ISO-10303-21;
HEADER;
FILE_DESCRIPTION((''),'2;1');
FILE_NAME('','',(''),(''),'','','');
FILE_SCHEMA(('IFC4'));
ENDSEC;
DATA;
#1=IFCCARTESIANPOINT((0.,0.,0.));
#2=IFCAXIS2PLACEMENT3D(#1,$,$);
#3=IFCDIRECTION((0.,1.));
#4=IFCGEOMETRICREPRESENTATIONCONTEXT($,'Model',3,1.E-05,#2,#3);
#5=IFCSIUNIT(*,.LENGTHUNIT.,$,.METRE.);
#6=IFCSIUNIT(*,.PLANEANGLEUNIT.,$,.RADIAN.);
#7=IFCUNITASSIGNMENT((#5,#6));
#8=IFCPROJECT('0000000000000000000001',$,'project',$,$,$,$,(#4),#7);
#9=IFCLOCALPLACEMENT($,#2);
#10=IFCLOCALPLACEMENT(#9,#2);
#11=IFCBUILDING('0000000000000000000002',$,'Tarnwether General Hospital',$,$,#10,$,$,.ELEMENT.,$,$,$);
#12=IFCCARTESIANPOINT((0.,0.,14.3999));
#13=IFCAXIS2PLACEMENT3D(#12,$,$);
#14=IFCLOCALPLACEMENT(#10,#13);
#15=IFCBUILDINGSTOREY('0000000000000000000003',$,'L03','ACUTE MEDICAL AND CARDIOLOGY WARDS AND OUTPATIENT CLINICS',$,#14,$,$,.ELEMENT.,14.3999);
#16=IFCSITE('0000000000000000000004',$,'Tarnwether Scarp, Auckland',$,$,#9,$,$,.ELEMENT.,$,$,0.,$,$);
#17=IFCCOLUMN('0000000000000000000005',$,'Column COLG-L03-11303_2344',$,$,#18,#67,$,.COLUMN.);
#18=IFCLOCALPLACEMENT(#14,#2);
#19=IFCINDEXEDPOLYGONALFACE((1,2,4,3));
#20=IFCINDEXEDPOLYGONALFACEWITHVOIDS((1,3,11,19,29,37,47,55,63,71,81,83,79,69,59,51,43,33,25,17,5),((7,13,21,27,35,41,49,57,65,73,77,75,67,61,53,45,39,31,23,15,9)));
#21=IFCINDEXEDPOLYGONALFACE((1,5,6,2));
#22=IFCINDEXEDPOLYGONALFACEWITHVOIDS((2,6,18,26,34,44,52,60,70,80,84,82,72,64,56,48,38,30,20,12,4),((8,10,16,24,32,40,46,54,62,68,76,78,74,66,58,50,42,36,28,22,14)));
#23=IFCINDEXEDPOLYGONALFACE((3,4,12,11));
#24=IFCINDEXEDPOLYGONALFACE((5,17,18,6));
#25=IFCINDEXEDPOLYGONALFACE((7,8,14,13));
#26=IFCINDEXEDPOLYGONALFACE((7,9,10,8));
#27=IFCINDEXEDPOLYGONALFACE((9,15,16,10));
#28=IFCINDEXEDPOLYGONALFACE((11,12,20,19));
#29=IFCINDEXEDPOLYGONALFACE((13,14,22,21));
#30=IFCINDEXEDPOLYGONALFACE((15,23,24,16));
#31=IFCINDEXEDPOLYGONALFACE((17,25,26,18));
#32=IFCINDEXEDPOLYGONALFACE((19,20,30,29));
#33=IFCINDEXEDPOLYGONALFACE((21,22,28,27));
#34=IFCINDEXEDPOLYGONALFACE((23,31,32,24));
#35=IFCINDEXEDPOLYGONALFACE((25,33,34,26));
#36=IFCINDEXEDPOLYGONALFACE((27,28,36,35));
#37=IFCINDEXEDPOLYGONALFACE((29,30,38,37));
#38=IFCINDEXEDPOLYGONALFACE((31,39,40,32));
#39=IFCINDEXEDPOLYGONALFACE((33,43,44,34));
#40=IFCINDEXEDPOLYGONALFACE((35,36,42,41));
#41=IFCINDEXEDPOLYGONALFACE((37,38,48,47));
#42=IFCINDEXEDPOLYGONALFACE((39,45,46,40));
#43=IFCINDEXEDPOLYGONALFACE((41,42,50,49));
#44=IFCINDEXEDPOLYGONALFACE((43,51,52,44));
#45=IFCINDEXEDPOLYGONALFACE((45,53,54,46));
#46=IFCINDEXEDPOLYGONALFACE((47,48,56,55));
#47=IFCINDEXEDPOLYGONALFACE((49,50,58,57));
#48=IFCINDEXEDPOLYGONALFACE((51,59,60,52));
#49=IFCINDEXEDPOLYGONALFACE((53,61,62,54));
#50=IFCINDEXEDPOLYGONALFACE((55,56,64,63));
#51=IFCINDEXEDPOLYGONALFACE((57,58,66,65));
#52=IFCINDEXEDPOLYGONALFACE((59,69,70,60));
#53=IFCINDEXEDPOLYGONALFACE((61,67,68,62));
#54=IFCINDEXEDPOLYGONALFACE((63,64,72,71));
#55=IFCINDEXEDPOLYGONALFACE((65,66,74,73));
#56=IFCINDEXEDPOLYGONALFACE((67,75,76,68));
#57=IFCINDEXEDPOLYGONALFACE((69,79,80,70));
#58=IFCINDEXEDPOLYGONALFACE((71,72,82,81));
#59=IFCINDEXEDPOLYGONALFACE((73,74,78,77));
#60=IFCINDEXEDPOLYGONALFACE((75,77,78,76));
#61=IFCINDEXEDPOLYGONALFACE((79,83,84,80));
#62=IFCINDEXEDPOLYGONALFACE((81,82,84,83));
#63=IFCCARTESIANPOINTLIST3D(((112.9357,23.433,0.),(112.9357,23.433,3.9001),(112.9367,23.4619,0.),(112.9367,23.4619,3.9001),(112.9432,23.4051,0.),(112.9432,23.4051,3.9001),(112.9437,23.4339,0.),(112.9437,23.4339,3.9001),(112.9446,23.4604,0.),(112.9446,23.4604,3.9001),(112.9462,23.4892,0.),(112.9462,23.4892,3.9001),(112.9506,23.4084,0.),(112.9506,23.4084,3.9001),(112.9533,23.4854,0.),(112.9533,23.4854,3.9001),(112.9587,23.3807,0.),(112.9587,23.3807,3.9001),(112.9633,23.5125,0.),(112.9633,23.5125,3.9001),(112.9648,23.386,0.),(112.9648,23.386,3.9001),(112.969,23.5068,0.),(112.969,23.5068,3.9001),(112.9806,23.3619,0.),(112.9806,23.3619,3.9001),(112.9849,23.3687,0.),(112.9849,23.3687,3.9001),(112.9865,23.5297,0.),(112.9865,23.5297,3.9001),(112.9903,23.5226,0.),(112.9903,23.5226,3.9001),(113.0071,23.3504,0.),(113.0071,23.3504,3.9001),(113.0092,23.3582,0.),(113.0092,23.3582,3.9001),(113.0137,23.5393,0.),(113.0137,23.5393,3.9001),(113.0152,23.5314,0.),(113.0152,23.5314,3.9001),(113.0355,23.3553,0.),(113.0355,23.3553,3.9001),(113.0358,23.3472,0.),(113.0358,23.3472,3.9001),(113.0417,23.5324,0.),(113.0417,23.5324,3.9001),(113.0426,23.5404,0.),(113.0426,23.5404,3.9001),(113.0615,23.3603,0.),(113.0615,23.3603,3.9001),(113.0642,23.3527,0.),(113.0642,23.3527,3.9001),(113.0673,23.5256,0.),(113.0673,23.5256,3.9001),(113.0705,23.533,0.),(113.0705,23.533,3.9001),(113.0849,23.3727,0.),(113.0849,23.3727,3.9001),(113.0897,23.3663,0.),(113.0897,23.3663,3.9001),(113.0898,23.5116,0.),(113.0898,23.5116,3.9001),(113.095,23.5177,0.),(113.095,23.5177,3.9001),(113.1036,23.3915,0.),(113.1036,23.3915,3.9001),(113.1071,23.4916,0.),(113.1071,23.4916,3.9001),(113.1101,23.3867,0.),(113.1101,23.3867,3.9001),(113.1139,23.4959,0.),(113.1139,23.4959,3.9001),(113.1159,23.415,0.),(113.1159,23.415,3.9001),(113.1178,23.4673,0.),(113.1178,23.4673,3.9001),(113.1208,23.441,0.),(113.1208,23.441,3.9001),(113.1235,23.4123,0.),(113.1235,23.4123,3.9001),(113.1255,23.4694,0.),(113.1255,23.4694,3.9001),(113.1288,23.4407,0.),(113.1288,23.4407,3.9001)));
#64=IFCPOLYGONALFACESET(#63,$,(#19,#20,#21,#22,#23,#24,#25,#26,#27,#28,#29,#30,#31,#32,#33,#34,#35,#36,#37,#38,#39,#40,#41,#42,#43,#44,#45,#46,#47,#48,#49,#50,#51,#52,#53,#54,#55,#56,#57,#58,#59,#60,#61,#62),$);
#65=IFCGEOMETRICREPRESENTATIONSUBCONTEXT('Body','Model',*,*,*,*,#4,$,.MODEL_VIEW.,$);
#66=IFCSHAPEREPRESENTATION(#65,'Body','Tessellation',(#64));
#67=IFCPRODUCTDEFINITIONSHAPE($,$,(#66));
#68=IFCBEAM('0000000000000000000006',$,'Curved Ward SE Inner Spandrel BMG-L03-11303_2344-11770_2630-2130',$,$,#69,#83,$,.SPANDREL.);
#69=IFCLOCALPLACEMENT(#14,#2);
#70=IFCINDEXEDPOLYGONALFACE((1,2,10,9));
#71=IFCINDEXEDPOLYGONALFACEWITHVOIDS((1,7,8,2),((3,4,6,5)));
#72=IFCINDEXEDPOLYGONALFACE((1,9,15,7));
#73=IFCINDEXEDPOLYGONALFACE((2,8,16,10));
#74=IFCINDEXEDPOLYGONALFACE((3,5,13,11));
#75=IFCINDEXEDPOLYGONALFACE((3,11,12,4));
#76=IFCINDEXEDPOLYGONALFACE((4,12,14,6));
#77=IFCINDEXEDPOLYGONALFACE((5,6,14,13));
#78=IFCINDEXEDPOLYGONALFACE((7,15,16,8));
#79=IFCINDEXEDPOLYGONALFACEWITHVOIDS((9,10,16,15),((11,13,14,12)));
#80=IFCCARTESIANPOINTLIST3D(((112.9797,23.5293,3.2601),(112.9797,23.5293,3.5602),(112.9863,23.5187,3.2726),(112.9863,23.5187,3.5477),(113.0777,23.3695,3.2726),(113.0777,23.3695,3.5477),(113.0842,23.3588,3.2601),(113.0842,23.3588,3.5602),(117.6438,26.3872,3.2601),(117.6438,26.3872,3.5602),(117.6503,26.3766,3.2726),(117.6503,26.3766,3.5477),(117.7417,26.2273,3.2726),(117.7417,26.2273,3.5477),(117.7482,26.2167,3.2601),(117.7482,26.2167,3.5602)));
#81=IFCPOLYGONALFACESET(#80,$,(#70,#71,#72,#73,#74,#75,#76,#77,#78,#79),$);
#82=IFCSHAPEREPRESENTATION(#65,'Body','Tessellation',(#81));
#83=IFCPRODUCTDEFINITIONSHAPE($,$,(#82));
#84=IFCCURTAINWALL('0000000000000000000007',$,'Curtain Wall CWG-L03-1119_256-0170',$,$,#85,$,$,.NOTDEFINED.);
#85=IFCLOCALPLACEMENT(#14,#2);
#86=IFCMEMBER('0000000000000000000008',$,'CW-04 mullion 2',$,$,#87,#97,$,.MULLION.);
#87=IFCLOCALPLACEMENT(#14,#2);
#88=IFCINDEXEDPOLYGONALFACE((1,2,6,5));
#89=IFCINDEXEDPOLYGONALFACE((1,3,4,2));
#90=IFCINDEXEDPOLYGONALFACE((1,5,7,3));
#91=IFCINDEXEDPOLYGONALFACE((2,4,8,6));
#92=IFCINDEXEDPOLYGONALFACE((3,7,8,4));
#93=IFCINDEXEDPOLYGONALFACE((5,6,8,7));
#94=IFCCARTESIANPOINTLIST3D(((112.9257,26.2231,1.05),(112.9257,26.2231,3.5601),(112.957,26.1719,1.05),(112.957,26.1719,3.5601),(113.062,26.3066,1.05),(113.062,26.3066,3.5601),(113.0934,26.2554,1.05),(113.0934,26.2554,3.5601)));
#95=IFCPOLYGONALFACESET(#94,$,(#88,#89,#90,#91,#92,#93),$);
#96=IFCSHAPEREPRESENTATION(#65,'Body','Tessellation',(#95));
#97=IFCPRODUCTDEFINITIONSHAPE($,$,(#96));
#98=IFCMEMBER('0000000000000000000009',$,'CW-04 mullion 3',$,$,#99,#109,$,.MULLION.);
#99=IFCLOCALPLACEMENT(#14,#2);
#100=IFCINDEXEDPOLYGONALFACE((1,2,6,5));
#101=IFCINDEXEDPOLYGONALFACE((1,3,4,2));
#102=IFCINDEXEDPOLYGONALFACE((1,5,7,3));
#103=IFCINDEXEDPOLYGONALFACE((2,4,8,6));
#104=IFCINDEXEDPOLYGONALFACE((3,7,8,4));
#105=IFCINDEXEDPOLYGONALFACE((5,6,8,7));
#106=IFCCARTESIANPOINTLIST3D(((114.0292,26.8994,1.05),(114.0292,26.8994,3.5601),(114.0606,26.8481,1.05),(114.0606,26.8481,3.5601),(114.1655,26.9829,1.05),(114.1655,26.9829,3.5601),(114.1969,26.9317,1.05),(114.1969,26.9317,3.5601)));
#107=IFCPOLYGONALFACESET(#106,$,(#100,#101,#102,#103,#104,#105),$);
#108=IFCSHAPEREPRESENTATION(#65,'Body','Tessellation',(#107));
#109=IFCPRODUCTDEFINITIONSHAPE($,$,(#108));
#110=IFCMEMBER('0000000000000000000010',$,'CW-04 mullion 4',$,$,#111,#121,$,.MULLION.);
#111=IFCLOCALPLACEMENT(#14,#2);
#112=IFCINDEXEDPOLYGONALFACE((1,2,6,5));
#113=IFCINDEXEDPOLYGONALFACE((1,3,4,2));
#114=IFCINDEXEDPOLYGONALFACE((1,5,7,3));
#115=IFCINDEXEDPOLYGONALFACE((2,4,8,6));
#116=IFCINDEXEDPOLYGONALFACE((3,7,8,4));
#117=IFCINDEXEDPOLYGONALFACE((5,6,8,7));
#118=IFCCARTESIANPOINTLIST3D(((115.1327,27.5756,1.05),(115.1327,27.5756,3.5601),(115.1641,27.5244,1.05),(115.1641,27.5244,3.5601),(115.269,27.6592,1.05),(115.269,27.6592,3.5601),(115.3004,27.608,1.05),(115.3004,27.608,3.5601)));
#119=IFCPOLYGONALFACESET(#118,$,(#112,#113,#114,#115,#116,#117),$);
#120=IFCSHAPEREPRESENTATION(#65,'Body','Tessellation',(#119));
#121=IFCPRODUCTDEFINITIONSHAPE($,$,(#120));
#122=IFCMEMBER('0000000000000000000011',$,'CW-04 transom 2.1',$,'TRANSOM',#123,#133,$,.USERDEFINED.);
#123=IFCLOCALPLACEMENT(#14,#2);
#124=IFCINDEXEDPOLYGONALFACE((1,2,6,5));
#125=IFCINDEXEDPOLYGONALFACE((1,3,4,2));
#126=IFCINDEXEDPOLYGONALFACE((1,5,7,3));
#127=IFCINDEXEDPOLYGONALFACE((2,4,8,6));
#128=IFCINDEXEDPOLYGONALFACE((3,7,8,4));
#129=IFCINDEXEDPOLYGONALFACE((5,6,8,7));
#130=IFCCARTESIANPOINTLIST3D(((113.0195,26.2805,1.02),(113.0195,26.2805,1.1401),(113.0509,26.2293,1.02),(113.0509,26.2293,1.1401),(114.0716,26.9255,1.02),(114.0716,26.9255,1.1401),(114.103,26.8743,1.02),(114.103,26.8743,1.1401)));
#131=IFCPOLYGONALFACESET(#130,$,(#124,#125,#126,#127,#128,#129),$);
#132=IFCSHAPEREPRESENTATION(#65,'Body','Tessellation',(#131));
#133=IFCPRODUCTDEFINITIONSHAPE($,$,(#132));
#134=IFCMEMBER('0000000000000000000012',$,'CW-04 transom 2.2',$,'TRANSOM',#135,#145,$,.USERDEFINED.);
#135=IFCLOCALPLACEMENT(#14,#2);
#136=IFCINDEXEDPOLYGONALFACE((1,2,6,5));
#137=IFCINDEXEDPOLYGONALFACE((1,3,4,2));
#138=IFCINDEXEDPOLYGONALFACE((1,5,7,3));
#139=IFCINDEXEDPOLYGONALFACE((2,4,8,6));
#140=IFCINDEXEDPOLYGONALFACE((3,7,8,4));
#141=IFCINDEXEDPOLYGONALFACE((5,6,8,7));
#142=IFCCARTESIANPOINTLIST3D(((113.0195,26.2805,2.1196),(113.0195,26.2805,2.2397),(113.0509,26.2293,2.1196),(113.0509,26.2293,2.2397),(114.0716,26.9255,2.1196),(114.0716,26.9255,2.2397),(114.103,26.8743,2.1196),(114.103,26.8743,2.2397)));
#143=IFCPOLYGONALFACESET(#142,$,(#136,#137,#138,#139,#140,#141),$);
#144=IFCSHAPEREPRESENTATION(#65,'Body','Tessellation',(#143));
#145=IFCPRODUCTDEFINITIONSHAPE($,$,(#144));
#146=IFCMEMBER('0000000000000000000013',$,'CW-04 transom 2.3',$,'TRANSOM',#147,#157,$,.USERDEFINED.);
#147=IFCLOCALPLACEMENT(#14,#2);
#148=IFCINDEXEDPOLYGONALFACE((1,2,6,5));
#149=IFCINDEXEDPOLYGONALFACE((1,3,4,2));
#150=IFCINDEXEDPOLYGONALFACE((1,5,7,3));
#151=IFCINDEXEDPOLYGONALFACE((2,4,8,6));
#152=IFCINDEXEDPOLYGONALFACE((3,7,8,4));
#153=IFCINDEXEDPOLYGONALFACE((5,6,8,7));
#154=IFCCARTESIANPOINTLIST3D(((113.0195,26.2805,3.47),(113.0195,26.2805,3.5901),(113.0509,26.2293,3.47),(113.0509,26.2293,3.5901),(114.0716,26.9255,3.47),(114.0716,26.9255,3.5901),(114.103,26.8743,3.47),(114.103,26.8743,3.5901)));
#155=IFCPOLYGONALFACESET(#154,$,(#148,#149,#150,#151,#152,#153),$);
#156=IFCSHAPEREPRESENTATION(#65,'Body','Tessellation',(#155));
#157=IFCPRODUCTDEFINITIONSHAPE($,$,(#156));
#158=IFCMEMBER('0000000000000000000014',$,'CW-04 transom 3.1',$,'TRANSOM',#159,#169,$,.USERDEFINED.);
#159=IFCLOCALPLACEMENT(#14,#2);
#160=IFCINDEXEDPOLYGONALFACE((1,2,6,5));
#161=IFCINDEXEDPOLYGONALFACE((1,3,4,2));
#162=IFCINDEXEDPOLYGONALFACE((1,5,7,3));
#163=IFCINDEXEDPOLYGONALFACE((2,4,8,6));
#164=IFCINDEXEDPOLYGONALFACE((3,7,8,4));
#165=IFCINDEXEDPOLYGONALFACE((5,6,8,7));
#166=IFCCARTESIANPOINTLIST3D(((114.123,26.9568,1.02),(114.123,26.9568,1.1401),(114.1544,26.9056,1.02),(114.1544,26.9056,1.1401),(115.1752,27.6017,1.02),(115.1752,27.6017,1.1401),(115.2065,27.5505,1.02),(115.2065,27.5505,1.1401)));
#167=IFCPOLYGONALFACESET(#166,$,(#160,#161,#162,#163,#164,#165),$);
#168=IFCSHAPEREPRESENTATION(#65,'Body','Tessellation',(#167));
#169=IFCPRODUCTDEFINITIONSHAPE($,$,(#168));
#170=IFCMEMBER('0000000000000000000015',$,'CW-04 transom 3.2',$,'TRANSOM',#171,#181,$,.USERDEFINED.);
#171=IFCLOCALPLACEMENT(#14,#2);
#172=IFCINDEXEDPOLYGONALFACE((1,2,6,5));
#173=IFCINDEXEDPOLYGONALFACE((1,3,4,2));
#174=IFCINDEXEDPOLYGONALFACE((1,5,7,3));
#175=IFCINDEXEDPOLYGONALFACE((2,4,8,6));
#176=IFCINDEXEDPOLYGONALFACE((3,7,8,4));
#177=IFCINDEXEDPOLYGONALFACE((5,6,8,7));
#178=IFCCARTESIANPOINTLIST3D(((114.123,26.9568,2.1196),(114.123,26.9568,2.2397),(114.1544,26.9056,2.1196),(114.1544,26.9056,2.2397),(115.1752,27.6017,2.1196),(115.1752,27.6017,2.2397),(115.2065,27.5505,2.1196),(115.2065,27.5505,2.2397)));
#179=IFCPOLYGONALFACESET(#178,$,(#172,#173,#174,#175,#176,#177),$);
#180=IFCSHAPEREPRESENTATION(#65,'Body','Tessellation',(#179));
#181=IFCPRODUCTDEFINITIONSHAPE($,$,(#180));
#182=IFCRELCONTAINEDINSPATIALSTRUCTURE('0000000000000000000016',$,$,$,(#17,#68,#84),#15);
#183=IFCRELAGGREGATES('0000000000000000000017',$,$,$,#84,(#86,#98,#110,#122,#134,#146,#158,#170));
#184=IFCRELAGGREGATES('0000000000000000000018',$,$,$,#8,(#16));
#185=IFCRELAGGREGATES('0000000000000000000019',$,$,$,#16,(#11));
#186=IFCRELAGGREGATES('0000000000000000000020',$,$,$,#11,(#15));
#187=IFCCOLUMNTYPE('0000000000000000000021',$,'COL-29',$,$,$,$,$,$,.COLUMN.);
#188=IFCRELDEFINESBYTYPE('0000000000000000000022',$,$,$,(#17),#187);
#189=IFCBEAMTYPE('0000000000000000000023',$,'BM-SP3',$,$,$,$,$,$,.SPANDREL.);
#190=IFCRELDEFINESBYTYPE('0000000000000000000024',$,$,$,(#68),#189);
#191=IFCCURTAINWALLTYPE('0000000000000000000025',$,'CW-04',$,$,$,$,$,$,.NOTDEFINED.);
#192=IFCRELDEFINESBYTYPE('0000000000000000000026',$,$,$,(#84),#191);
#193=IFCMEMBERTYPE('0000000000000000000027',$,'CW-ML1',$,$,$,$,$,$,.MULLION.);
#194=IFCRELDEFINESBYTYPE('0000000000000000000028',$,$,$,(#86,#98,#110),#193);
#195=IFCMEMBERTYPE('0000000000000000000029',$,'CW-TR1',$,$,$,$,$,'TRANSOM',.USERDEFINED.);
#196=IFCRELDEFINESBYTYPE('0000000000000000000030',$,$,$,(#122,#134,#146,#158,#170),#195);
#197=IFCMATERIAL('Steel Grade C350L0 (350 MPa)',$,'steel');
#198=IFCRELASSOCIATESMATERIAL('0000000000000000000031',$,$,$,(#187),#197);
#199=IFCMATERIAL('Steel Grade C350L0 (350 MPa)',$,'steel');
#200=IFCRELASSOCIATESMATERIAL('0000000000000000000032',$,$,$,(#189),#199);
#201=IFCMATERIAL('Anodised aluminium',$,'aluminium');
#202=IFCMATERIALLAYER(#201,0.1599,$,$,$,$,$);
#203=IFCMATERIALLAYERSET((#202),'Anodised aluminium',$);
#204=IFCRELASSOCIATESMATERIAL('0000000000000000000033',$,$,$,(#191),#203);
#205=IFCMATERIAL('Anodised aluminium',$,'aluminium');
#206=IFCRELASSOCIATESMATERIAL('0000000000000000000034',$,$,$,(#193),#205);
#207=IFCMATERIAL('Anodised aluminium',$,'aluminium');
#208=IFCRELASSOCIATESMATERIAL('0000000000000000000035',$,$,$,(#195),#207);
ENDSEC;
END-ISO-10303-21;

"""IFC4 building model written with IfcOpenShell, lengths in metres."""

from ifc_helpers import new_model, si_unit, direction, frame, origin, origin_2d, place, context, subcontext, project, spatial, rectangle, hollow_rectangle, hollow_circle, extrude, material, layer, layer_set, material_profile, profile_set, type_object, element, aggregate, save


model = new_model("IFC4")

# Units and contexts
model_context = context("Model", 3, precision=1e-05, world=origin(), true_north=direction((0.0, 1.0)))
body_context = subcontext(model_context, "Body", "Model", "MODEL_VIEW")
ifc_project = project(units=[si_unit("LENGTHUNIT", "METRE"), si_unit("PLANEANGLEUNIT", "RADIAN")], contexts=[model_context])

# Site, building, storey
site_placement = place(None, origin())
site = spatial("IfcSite", under=ifc_project, at=site_placement, Name="Tarnwether Scarp, Auckland", CompositionType="ELEMENT", RefElevation=0.0)
building_placement = place(site_placement, origin())
building = spatial("IfcBuilding", under=site, at=building_placement, Name="Tarnwether General Hospital", CompositionType="ELEMENT")
storey_placement = place(building_placement, frame((0.0, 0.0, 14.3999)))
storey = spatial("IfcBuildingStorey", under=building, at=storey_placement, Name="L03", Description="ACUTE MEDICAL AND CARDIOLOGY WARDS AND OUTPATIENT CLINICS", CompositionType="ELEMENT", Elevation=14.3999)

# Column
ifc_material_1 = material(Name="Steel Grade C350L0 (350 MPa)", Category="steel")
ifc_material_profile_1 = material_profile(ifc_material_1, hollow_circle(Radius=0.0969, WallThickness=0.0081, at=origin_2d()), Name="CHS193.7x8.0")
ifc_profile_set_1 = profile_set([ifc_material_profile_1], Name="Steel Grade C350L0 (350 MPa)")
column_type = type_object("IfcColumnType", Name="COL-29", PredefinedType="COLUMN", material=ifc_profile_set_1)
column_placement = place(storey_placement, frame((113.032, 23.4441, 0.0), z_axis=(0.0, 0.0, 1.0), x_axis=(-0.469472, 0.882948, 0.0)))
element("IfcColumn", 1, at=column_placement, inside=storey, type_object=column_type, Name="Column COLG-L03-11303_2344", PredefinedType="COLUMN", context=body_context, shape_type="SweptSolid", body=[
    extrude(hollow_circle(Radius=0.0969, WallThickness=0.0081, at=origin_2d()), origin(), (0.0, 0.0, 1.0), 3.9001),
])

# Beam
ifc_material_2 = material(Name="Steel Grade C350L0 (350 MPa)", Category="steel")
ifc_material_profile_2 = material_profile(ifc_material_2, hollow_rectangle(XDim=0.2, YDim=0.3, WallThickness=0.0125, at=origin_2d()), Name="RHS300x200x12.5")
ifc_profile_set_2 = profile_set([ifc_material_profile_2], Name="Steel Grade C350L0 (350 MPa)")
beam_type = type_object("IfcBeamType", Name="BM-SP3", PredefinedType="SPANDREL", material=ifc_profile_set_2)
beam_placement = place(storey_placement, frame((113.032, 23.4441, 3.4102), z_axis=(0.852659, 0.522468, 0.0), x_axis=(-0.522468, 0.852659, 0.0)))
element("IfcBeam", 2, at=beam_placement, inside=storey, type_object=beam_type, Name="Curved Ward SE Inner Spandrel BMG-L03-11303_2344-11770_2630-2130", PredefinedType="SPANDREL", context=body_context, shape_type="SweptSolid", body=[
    extrude(hollow_rectangle(XDim=0.2, YDim=0.3, WallThickness=0.0125, at=origin_2d()), origin(), (0.0, 0.0, 1.0), 5.47),
])

# Curtain wall, members
ifc_material_3 = material(Name="Anodised aluminium", Category="aluminium")
ifc_layer_1 = layer(ifc_material_3, 0.1599)
ifc_layer_set_1 = layer_set([ifc_layer_1], Name="Anodised aluminium")
curtain_wall_type = type_object("IfcCurtainWallType", Name="CW-04", PredefinedType="NOTDEFINED", material=ifc_layer_set_1)
curtain_wall_placement = place(storey_placement, origin())
curtain_wall = element("IfcCurtainWall", 3, at=curtain_wall_placement, inside=storey, type_object=curtain_wall_type, Name="Curtain Wall CWG-L03-1119_256-0170", PredefinedType="NOTDEFINED")
ifc_material_4 = material(Name="Anodised aluminium", Category="aluminium")
ifc_material_profile_3 = material_profile(ifc_material_4, rectangle(XDim=0.0601, YDim=0.1599, at=origin_2d()), Name="ALU-MUL-60x160")
ifc_profile_set_3 = profile_set([ifc_material_profile_3], Name="Anodised aluminium")
member_type_1 = type_object("IfcMemberType", Name="CW-ML1", PredefinedType="MULLION", material=ifc_profile_set_3)
member_1_placement = place(storey_placement, frame((113.0095, 26.2393, 1.05), z_axis=(0.0, 0.0, 1.0), x_axis=(-0.522512, 0.852632, 0.0)))
member_1 = element("IfcMember", 4, at=member_1_placement, type_object=member_type_1, Name="CW-04 mullion 2", PredefinedType="MULLION", context=body_context, shape_type="SweptSolid", body=[
    extrude(rectangle(XDim=0.0601, YDim=0.1599, at=origin_2d()), origin(), (0.0, 0.0, 1.0), 2.51),
])
member_2_placement = place(storey_placement, frame((114.113, 26.9155, 1.05), z_axis=(0.0, 0.0, 1.0), x_axis=(-0.522512, 0.852632, 0.0)))
member_2 = element("IfcMember", 5, at=member_2_placement, type_object=member_type_1, Name="CW-04 mullion 3", PredefinedType="MULLION", context=body_context, shape_type="SweptSolid", body=[
    extrude(rectangle(XDim=0.0601, YDim=0.1599, at=origin_2d()), origin(), (0.0, 0.0, 1.0), 2.51),
])
member_3_placement = place(storey_placement, frame((115.2166, 27.5918, 1.05), z_axis=(0.0, 0.0, 1.0), x_axis=(-0.522512, 0.852632, 0.0)))
member_3 = element("IfcMember", 6, at=member_3_placement, type_object=member_type_1, Name="CW-04 mullion 4", PredefinedType="MULLION", context=body_context, shape_type="SweptSolid", body=[
    extrude(rectangle(XDim=0.0601, YDim=0.1599, at=origin_2d()), origin(), (0.0, 0.0, 1.0), 2.51),
])
ifc_material_5 = material(Name="Anodised aluminium", Category="aluminium")
ifc_material_profile_4 = material_profile(ifc_material_5, rectangle(XDim=0.0601, YDim=0.1201, at=origin_2d()), Name="ALU-TRN-60x120")
ifc_profile_set_4 = profile_set([ifc_material_profile_4], Name="Anodised aluminium")
member_type_2 = type_object("IfcMemberType", Name="CW-TR1", ElementType="TRANSOM", PredefinedType="USERDEFINED", material=ifc_profile_set_4)
member_4_placement = place(storey_placement, frame((113.0352, 26.2549, 1.0801), z_axis=(0.852567, 0.522618, 0.0), x_axis=(-0.522618, 0.852567, 0.0)))
member_4 = element("IfcMember", 7, at=member_4_placement, type_object=member_type_2, Name="CW-04 transom 2.1", ObjectType="TRANSOM", PredefinedType="USERDEFINED", context=body_context, shape_type="SweptSolid", body=[
    extrude(rectangle(XDim=0.0601, YDim=0.1201, at=origin_2d()), origin(), (0.0, 0.0, 1.0), 1.2341),
])
member_5_placement = place(storey_placement, frame((113.0352, 26.2549, 2.1797), z_axis=(0.852567, 0.522618, 0.0), x_axis=(-0.522618, 0.852567, 0.0)))
member_5 = element("IfcMember", 8, at=member_5_placement, type_object=member_type_2, Name="CW-04 transom 2.2", ObjectType="TRANSOM", PredefinedType="USERDEFINED", context=body_context, shape_type="SweptSolid", body=[
    extrude(rectangle(XDim=0.0601, YDim=0.1201, at=origin_2d()), origin(), (0.0, 0.0, 1.0), 1.2341),
])
member_6_placement = place(storey_placement, frame((113.0352, 26.2549, 3.53), z_axis=(0.852567, 0.522618, 0.0), x_axis=(-0.522618, 0.852567, 0.0)))
member_6 = element("IfcMember", 9, at=member_6_placement, type_object=member_type_2, Name="CW-04 transom 2.3", ObjectType="TRANSOM", PredefinedType="USERDEFINED", context=body_context, shape_type="SweptSolid", body=[
    extrude(rectangle(XDim=0.0601, YDim=0.1201, at=origin_2d()), origin(), (0.0, 0.0, 1.0), 1.2341),
])
member_7_placement = place(storey_placement, frame((114.1387, 26.9312, 1.0801), z_axis=(0.852567, 0.522618, 0.0), x_axis=(-0.522618, 0.852567, 0.0)))
member_7 = element("IfcMember", 10, at=member_7_placement, type_object=member_type_2, Name="CW-04 transom 3.1", ObjectType="TRANSOM", PredefinedType="USERDEFINED", context=body_context, shape_type="SweptSolid", body=[
    extrude(rectangle(XDim=0.0601, YDim=0.1201, at=origin_2d()), origin(), (0.0, 0.0, 1.0), 1.2341),
])
member_8_placement = place(storey_placement, frame((114.1387, 26.9312, 2.1797), z_axis=(0.852567, 0.522618, 0.0), x_axis=(-0.522618, 0.852567, 0.0)))
member_8 = element("IfcMember", 11, at=member_8_placement, type_object=member_type_2, Name="CW-04 transom 3.2", ObjectType="TRANSOM", PredefinedType="USERDEFINED", context=body_context, shape_type="SweptSolid", body=[
    extrude(rectangle(XDim=0.0601, YDim=0.1201, at=origin_2d()), origin(), (0.0, 0.0, 1.0), 1.2341),
])
aggregate(curtain_wall, [member_1, member_2, member_3, member_4, member_5, member_6, member_7, member_8])

save(model, "model.ifc")
